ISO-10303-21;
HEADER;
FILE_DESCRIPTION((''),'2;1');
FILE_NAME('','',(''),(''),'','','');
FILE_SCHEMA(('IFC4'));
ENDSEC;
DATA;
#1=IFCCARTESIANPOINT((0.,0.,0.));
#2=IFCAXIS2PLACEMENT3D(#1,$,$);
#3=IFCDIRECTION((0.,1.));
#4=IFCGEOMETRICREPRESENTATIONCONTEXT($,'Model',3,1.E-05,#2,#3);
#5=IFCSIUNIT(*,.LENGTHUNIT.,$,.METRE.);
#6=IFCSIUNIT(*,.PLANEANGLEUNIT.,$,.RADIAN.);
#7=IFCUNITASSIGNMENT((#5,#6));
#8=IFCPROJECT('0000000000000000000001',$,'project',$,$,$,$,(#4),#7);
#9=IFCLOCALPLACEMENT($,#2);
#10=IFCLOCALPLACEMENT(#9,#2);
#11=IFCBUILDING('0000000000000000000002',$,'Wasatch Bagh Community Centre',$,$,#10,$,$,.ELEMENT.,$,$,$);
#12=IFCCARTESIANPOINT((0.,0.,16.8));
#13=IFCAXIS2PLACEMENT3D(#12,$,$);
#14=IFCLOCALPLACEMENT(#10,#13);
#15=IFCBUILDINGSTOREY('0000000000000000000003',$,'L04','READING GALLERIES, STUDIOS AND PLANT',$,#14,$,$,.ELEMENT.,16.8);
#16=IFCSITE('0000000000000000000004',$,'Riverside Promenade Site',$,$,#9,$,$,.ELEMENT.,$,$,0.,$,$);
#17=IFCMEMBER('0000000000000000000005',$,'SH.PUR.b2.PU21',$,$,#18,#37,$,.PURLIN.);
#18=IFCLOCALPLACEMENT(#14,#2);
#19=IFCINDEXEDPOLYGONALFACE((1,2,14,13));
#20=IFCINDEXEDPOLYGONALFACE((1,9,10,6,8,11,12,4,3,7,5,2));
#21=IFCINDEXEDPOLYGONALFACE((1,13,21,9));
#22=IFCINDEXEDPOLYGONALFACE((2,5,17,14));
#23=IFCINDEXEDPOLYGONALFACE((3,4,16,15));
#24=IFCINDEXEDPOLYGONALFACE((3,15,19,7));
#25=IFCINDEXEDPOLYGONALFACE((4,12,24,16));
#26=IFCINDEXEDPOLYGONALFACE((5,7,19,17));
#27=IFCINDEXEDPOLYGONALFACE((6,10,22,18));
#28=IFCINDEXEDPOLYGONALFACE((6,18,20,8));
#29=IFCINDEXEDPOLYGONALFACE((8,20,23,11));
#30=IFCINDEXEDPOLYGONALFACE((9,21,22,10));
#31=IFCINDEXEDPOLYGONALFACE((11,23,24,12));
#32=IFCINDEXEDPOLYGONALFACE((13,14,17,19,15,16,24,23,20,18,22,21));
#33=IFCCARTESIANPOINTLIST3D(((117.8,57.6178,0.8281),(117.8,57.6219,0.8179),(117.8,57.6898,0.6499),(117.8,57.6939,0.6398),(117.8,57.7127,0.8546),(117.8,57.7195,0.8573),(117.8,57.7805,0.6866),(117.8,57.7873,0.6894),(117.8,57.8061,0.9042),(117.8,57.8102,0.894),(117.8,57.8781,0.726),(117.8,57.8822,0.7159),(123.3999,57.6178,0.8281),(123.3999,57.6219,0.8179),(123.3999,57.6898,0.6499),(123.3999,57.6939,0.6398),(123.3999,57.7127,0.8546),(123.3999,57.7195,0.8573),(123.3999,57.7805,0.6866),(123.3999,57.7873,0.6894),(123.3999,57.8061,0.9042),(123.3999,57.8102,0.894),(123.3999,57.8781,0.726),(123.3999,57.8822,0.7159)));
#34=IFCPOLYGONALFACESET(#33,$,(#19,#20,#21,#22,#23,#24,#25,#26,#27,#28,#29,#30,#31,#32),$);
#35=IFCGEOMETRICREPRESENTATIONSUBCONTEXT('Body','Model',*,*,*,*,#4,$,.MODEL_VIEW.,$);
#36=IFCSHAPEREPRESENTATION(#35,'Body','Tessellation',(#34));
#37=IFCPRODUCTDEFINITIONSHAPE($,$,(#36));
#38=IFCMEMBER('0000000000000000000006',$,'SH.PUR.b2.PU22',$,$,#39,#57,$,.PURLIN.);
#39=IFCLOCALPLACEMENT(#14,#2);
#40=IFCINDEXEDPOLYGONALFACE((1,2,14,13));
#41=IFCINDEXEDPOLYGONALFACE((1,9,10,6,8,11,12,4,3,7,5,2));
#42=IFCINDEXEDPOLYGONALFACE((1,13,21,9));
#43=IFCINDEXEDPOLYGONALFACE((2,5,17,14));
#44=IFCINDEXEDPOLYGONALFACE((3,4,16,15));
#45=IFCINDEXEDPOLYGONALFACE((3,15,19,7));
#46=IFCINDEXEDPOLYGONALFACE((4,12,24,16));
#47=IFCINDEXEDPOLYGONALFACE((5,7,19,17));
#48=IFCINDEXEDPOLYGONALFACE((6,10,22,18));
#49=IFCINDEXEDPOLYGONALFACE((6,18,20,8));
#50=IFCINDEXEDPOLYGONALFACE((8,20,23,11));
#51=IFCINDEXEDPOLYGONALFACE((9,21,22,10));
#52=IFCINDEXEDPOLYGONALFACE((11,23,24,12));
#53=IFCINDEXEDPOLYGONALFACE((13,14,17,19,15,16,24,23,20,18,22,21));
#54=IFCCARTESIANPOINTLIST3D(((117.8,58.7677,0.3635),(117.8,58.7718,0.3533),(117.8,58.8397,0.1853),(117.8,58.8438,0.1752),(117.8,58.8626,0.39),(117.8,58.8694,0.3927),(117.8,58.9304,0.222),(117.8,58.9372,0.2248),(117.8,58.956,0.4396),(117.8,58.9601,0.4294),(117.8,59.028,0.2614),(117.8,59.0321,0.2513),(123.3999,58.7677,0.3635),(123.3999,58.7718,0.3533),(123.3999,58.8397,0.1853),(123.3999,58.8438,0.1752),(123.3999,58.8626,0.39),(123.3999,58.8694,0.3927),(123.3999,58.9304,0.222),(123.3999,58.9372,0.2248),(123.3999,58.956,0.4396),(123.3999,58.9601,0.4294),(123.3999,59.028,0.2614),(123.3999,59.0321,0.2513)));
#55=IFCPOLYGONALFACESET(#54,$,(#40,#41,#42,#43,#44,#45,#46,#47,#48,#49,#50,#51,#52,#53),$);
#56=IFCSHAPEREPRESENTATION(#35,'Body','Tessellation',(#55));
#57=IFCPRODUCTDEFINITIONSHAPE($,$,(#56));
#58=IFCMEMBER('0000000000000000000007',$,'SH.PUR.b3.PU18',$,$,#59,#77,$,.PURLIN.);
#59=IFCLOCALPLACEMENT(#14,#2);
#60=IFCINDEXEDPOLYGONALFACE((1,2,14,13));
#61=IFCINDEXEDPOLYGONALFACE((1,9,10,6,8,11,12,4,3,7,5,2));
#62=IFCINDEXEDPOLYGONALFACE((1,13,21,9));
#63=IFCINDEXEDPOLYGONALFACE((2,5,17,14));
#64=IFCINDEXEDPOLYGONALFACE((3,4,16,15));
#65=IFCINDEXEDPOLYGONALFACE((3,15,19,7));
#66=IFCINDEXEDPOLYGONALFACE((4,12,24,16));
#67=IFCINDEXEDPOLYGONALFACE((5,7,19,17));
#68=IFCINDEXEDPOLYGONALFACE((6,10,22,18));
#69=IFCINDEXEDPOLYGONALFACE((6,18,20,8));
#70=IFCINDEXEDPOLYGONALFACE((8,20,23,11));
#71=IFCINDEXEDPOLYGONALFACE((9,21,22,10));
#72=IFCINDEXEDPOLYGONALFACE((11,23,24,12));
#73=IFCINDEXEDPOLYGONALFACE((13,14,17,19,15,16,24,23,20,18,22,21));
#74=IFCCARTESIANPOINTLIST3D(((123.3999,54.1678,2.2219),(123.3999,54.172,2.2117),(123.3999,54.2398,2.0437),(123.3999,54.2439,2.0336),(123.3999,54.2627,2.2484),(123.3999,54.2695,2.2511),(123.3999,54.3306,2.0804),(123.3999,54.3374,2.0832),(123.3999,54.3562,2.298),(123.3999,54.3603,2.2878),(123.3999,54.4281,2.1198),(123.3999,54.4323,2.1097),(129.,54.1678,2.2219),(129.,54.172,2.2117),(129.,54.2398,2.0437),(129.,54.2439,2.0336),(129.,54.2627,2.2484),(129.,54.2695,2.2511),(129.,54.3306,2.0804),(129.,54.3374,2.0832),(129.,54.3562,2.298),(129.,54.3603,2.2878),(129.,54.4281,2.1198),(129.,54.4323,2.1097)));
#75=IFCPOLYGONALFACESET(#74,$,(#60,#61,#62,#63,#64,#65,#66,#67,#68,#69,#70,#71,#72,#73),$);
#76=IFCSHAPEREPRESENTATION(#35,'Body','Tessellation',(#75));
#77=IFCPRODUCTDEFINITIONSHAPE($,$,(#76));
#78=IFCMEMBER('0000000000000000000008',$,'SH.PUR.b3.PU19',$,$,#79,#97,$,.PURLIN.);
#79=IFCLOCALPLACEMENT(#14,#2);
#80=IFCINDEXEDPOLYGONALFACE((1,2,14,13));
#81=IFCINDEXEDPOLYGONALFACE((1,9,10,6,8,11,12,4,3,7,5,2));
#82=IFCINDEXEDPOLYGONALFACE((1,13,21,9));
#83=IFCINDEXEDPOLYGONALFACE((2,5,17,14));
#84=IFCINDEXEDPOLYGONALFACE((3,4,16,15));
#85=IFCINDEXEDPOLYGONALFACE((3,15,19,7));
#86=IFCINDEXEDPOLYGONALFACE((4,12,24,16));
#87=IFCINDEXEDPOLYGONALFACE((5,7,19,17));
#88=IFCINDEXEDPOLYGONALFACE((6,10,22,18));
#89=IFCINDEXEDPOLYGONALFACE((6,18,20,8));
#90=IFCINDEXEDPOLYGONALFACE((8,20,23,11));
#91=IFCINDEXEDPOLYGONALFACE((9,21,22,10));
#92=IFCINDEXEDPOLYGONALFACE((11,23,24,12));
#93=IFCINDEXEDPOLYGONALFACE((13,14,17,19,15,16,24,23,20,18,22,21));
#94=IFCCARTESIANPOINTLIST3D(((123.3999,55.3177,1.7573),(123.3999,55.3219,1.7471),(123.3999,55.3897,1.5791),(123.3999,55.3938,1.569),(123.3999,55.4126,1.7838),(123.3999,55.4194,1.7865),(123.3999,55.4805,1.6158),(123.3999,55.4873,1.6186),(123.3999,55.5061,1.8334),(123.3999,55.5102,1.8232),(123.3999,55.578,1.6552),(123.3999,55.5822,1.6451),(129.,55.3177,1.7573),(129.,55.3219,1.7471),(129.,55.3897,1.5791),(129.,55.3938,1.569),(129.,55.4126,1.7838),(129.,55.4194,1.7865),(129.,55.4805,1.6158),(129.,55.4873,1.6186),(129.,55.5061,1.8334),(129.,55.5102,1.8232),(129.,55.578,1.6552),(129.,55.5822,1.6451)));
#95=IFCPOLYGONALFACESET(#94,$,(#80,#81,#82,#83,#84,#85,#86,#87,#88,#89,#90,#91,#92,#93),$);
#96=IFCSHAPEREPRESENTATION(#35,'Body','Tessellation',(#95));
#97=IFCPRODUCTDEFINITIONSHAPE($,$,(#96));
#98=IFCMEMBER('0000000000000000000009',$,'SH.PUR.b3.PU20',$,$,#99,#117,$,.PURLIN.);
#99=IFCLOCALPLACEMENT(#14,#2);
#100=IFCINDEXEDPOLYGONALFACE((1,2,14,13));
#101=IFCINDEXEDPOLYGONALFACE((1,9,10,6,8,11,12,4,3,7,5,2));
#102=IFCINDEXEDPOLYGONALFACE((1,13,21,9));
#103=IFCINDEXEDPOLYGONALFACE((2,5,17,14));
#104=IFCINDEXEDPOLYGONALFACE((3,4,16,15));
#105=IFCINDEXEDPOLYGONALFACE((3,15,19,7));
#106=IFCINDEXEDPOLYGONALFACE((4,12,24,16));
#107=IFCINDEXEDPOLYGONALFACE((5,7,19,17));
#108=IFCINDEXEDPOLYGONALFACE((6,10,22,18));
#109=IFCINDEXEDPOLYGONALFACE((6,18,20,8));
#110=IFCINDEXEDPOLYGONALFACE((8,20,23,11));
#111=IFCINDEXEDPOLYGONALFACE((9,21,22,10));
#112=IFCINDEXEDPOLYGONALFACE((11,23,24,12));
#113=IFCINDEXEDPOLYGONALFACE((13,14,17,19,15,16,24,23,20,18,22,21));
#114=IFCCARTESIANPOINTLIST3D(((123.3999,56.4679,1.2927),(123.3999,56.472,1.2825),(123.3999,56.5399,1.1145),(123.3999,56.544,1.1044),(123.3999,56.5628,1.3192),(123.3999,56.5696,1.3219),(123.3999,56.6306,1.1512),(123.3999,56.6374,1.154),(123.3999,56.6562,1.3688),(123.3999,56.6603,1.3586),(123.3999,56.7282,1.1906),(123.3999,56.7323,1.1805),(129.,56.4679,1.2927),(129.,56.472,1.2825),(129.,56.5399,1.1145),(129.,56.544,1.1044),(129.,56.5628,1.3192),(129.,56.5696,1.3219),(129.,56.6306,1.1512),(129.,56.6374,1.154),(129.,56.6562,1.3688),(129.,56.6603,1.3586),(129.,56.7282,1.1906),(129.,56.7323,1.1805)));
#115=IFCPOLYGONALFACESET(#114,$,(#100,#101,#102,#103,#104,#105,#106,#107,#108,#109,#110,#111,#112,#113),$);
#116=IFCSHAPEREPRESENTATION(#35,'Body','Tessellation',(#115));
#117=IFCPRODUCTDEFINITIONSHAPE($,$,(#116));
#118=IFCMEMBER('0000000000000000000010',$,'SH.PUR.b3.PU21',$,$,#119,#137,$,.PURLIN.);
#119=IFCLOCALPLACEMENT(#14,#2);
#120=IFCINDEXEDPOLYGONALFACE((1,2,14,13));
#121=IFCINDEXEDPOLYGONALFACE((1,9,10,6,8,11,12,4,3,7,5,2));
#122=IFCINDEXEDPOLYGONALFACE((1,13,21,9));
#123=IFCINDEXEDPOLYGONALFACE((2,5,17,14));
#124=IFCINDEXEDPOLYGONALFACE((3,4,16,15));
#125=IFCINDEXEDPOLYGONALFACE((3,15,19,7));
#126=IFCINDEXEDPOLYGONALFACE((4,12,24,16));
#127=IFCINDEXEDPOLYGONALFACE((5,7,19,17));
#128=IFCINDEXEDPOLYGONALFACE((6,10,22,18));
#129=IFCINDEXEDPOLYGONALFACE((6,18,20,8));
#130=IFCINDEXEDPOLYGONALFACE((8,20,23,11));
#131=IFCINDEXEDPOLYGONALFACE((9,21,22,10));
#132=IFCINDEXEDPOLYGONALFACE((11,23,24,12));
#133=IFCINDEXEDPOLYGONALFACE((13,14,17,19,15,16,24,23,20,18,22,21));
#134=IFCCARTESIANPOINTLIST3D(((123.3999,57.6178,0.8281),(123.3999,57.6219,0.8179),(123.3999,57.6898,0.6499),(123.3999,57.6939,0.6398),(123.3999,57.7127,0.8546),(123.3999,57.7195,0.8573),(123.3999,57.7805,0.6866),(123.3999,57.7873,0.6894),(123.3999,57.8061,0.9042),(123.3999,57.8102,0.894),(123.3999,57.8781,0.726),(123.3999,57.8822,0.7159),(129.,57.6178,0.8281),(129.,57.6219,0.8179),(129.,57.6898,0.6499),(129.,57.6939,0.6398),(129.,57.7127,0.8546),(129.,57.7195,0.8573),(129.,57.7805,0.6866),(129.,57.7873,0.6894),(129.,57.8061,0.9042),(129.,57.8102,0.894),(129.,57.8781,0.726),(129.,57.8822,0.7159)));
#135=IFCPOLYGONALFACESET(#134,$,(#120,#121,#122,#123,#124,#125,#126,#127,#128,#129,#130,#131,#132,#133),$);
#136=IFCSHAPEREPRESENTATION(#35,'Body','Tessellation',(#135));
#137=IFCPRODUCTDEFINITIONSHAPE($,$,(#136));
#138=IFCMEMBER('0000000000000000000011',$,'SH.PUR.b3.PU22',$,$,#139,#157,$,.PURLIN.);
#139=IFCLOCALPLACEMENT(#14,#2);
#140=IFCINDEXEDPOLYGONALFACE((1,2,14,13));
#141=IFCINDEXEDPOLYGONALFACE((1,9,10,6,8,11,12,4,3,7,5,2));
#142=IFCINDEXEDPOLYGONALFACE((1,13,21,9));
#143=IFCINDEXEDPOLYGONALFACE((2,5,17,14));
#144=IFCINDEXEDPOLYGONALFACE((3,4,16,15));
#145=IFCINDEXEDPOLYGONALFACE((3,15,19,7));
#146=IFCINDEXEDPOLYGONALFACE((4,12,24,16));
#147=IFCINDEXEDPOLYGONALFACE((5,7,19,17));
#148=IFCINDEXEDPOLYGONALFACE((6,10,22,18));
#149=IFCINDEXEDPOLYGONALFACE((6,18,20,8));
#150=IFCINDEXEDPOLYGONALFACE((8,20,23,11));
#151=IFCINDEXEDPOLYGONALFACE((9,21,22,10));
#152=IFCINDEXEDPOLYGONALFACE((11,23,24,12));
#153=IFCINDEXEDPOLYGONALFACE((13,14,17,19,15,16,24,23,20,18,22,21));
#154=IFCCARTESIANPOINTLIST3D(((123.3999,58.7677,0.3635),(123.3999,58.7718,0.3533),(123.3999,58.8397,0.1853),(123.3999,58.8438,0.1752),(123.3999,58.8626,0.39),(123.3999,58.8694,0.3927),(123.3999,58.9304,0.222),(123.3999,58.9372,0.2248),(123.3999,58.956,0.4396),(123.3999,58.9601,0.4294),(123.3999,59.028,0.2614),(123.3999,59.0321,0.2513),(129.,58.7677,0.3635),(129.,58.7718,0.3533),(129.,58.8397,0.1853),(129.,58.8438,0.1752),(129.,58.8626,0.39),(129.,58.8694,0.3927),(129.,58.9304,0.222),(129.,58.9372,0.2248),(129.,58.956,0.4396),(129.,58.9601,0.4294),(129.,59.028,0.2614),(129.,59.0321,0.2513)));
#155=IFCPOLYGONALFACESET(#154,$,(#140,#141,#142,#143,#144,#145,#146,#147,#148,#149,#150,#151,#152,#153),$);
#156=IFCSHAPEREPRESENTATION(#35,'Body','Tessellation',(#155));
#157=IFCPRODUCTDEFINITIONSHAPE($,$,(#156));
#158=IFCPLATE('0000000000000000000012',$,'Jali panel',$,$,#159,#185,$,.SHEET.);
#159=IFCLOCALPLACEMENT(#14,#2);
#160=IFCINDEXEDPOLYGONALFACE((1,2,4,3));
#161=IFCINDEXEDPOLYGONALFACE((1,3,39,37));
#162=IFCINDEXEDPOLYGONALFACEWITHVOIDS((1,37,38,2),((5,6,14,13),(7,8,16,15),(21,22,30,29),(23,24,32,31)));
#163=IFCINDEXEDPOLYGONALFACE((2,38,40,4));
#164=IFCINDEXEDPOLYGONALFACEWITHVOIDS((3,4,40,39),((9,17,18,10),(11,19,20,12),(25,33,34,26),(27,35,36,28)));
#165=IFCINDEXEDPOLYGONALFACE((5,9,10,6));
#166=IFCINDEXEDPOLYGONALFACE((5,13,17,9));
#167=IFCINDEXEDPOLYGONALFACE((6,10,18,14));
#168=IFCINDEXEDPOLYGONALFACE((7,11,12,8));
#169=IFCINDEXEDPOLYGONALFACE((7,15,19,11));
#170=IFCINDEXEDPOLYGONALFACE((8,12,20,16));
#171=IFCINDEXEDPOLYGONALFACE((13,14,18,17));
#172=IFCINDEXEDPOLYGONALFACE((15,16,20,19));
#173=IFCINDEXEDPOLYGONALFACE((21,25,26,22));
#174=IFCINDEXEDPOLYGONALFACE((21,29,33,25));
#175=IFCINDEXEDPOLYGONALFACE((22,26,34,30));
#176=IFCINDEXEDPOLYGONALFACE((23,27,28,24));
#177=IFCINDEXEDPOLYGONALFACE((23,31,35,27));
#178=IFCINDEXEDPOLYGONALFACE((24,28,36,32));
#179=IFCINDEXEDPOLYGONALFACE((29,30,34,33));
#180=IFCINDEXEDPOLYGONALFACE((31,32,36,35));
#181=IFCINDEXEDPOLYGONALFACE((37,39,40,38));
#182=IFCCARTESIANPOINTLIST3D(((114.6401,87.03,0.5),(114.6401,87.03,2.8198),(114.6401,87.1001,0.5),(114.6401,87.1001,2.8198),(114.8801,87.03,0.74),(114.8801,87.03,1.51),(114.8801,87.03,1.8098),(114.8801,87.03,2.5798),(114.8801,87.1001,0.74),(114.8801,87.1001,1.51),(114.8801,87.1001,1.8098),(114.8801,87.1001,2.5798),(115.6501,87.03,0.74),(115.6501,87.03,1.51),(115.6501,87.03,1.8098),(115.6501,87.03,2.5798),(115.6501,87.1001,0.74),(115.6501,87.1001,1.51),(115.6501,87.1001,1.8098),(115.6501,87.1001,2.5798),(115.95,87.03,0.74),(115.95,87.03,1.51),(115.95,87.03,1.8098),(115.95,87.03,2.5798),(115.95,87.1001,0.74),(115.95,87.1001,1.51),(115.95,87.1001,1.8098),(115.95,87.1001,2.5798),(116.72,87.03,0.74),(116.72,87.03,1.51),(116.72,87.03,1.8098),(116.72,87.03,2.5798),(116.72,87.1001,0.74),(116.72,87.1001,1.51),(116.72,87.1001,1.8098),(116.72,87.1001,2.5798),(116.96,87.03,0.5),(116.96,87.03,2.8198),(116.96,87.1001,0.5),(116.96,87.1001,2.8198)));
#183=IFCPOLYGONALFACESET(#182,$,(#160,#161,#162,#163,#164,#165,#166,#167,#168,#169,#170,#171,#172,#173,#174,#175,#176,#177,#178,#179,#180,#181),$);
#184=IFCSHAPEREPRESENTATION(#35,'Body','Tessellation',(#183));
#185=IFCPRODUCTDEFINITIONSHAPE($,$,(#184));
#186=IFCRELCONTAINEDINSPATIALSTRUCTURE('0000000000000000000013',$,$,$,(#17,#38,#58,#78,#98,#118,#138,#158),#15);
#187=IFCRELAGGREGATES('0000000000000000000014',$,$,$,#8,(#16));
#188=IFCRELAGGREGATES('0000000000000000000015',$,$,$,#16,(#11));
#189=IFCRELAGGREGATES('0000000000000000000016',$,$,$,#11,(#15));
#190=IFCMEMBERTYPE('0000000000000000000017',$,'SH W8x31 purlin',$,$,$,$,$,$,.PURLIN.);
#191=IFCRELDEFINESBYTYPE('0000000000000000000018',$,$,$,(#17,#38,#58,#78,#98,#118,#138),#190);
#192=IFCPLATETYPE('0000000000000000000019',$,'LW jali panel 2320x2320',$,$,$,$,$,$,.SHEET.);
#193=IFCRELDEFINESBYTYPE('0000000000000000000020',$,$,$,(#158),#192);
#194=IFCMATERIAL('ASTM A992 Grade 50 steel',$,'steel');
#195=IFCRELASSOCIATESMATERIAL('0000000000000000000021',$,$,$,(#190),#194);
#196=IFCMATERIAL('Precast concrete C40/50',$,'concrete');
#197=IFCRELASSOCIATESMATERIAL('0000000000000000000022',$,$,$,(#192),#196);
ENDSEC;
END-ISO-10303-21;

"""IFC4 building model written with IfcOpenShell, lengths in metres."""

from ifc_helpers import new_model, si_unit, direction, frame, origin, origin_2d, place, context, subcontext, project, spatial, polyline, i_section, outline, extrude, material, material_profile, profile_set, type_object, element, save


model = new_model("IFC4")

# Units and contexts
model_context = context("Model", 3, precision=1e-05, world=origin(), true_north=direction((0.0, 1.0)))
body_context = subcontext(model_context, "Body", "Model", "MODEL_VIEW")
ifc_project = project(units=[si_unit("LENGTHUNIT", "METRE"), si_unit("PLANEANGLEUNIT", "RADIAN")], contexts=[model_context])

# Site, building, storey
site_placement = place(None, origin())
site = spatial("IfcSite", under=ifc_project, at=site_placement, Name="Riverside Promenade Site", CompositionType="ELEMENT", RefElevation=0.0)
building_placement = place(site_placement, origin())
building = spatial("IfcBuilding", under=site, at=building_placement, Name="Wasatch Bagh Community Centre", CompositionType="ELEMENT")
storey_placement = place(building_placement, frame((0.0, 0.0, 16.8)))
storey = spatial("IfcBuildingStorey", under=building, at=storey_placement, Name="L04", Description="READING GALLERIES, STUDIOS AND PLANT", CompositionType="ELEMENT", Elevation=16.8)

# Members
ifc_material_1 = material(Name="ASTM A992 Grade 50 steel", Category="steel")
ifc_material_profile_1 = material_profile(ifc_material_1, i_section(OverallWidth=0.2031, OverallDepth=0.2031, WebThickness=0.0073, FlangeThickness=0.011, at=origin_2d()), Name="W8x31")
ifc_profile_set_1 = profile_set([ifc_material_profile_1], Name="ASTM A992 Grade 50 steel")
member_type_1 = type_object("IfcMemberType", Name="SH W8x31 purlin", PredefinedType="PURLIN", material=ifc_profile_set_1)
for number, where, z_axis, x_axis, name in (
    (1, (117.8, 57.75, 0.772), (1.0, 0.0, 0.0), (0.0, 0.927184, 0.374607), "SH.PUR.b2.PU21"),
    (2, (117.8, 58.8999, 0.3074), (1.0, 0.0, 0.0), (0.0, 0.927184, 0.374607), "SH.PUR.b2.PU22"),
):
    element("IfcMember", number, at=place(storey_placement, frame(where, z_axis=z_axis, x_axis=x_axis)), inside=storey, type_object=member_type_1, Name=name, PredefinedType="PURLIN", context=body_context, shape_type="SweptSolid", body=[
        extrude(i_section(OverallWidth=0.2031, OverallDepth=0.2031, WebThickness=0.0073, FlangeThickness=0.011, at=origin_2d()), origin(), (0.0, 0.0, 1.0), 5.5999),
    ])
for number, where, z_axis, x_axis, name in (
    (3, (123.3999, 54.3, 2.1658), (1.0, 0.0, 0.0), (0.0, 0.927184, 0.374607), "SH.PUR.b3.PU18"),
    (4, (123.3999, 55.45, 1.7012), (1.0, 0.0, 0.0), (0.0, 0.927184, 0.374607), "SH.PUR.b3.PU19"),
    (5, (123.3999, 56.6001, 1.2366), (1.0, 0.0, 0.0), (0.0, 0.927184, 0.374607), "SH.PUR.b3.PU20"),
    (6, (123.3999, 57.75, 0.772), (1.0, 0.0, 0.0), (0.0, 0.927184, 0.374607), "SH.PUR.b3.PU21"),
    (7, (123.3999, 58.8999, 0.3074), (1.0, 0.0, 0.0), (0.0, 0.927184, 0.374607), "SH.PUR.b3.PU22"),
):
    element("IfcMember", number, at=place(storey_placement, frame(where, z_axis=z_axis, x_axis=x_axis)), inside=storey, type_object=member_type_1, Name=name, PredefinedType="PURLIN", context=body_context, shape_type="SweptSolid", body=[
        extrude(i_section(OverallWidth=0.2031, OverallDepth=0.2031, WebThickness=0.0073, FlangeThickness=0.011, at=origin_2d()), origin(), (0.0, 0.0, 1.0), 5.6001),
    ])

# Plate
ifc_material_2 = material(Name="Precast concrete C40/50", Category="concrete")
ifc_material_profile_2 = material_profile(ifc_material_2, outline(polyline([(-1.1599, -1.1599), (1.1599, -1.1599), (1.1599, 1.1599), (-1.1599, 1.1599), (-1.1599, -1.1599)]), holes=[polyline([(-0.9199, -0.9199), (-0.1499, -0.9199), (-0.1499, -0.1499), (-0.9199, -0.1499), (-0.9199, -0.9199)]), polyline([(-0.9199, 0.1499), (-0.1499, 0.1499), (-0.1499, 0.9199), (-0.9199, 0.9199), (-0.9199, 0.1499)]), polyline([(0.1499, -0.9199), (0.9199, -0.9199), (0.9199, -0.1499), (0.1499, -0.1499), (0.1499, -0.9199)]), polyline([(0.1499, 0.1499), (0.9199, 0.1499), (0.9199, 0.9199), (0.1499, 0.9199), (0.1499, 0.1499)])]), Name="Jali lattice")
ifc_profile_set_2 = profile_set([ifc_material_profile_2], Name="Precast concrete C40/50")
plate_type = type_object("IfcPlateType", Name="LW jali panel 2320x2320", PredefinedType="SHEET", material=ifc_profile_set_2)
for number, where, z_axis, x_axis, name in (
    (8, (115.8, 87.1001, 1.6599), (0.0, -1.0, 0.0), (1.0, 0.0, 0.0), "Jali panel"),
):
    element("IfcPlate", number, at=place(storey_placement, frame(where, z_axis=z_axis, x_axis=x_axis)), inside=storey, type_object=plate_type, Name=name, PredefinedType="SHEET", context=body_context, shape_type="SweptSolid", body=[
        extrude(outline(polyline([(-1.1599, -1.1599), (1.1599, -1.1599), (1.1599, 1.1599), (-1.1599, 1.1599), (-1.1599, -1.1599)]), holes=[polyline([(-0.9199, -0.9199), (-0.1499, -0.9199), (-0.1499, -0.1499), (-0.9199, -0.1499), (-0.9199, -0.9199)]), polyline([(-0.9199, 0.1499), (-0.1499, 0.1499), (-0.1499, 0.9199), (-0.9199, 0.9199), (-0.9199, 0.1499)]), polyline([(0.1499, -0.9199), (0.9199, -0.9199), (0.9199, -0.1499), (0.1499, -0.1499), (0.1499, -0.9199)]), polyline([(0.1499, 0.1499), (0.9199, 0.1499), (0.9199, 0.9199), (0.1499, 0.9199), (0.1499, 0.1499)])]), origin(), (0.0, 0.0, 1.0), 0.0701),
    ])

save(model, "model.ifc")
